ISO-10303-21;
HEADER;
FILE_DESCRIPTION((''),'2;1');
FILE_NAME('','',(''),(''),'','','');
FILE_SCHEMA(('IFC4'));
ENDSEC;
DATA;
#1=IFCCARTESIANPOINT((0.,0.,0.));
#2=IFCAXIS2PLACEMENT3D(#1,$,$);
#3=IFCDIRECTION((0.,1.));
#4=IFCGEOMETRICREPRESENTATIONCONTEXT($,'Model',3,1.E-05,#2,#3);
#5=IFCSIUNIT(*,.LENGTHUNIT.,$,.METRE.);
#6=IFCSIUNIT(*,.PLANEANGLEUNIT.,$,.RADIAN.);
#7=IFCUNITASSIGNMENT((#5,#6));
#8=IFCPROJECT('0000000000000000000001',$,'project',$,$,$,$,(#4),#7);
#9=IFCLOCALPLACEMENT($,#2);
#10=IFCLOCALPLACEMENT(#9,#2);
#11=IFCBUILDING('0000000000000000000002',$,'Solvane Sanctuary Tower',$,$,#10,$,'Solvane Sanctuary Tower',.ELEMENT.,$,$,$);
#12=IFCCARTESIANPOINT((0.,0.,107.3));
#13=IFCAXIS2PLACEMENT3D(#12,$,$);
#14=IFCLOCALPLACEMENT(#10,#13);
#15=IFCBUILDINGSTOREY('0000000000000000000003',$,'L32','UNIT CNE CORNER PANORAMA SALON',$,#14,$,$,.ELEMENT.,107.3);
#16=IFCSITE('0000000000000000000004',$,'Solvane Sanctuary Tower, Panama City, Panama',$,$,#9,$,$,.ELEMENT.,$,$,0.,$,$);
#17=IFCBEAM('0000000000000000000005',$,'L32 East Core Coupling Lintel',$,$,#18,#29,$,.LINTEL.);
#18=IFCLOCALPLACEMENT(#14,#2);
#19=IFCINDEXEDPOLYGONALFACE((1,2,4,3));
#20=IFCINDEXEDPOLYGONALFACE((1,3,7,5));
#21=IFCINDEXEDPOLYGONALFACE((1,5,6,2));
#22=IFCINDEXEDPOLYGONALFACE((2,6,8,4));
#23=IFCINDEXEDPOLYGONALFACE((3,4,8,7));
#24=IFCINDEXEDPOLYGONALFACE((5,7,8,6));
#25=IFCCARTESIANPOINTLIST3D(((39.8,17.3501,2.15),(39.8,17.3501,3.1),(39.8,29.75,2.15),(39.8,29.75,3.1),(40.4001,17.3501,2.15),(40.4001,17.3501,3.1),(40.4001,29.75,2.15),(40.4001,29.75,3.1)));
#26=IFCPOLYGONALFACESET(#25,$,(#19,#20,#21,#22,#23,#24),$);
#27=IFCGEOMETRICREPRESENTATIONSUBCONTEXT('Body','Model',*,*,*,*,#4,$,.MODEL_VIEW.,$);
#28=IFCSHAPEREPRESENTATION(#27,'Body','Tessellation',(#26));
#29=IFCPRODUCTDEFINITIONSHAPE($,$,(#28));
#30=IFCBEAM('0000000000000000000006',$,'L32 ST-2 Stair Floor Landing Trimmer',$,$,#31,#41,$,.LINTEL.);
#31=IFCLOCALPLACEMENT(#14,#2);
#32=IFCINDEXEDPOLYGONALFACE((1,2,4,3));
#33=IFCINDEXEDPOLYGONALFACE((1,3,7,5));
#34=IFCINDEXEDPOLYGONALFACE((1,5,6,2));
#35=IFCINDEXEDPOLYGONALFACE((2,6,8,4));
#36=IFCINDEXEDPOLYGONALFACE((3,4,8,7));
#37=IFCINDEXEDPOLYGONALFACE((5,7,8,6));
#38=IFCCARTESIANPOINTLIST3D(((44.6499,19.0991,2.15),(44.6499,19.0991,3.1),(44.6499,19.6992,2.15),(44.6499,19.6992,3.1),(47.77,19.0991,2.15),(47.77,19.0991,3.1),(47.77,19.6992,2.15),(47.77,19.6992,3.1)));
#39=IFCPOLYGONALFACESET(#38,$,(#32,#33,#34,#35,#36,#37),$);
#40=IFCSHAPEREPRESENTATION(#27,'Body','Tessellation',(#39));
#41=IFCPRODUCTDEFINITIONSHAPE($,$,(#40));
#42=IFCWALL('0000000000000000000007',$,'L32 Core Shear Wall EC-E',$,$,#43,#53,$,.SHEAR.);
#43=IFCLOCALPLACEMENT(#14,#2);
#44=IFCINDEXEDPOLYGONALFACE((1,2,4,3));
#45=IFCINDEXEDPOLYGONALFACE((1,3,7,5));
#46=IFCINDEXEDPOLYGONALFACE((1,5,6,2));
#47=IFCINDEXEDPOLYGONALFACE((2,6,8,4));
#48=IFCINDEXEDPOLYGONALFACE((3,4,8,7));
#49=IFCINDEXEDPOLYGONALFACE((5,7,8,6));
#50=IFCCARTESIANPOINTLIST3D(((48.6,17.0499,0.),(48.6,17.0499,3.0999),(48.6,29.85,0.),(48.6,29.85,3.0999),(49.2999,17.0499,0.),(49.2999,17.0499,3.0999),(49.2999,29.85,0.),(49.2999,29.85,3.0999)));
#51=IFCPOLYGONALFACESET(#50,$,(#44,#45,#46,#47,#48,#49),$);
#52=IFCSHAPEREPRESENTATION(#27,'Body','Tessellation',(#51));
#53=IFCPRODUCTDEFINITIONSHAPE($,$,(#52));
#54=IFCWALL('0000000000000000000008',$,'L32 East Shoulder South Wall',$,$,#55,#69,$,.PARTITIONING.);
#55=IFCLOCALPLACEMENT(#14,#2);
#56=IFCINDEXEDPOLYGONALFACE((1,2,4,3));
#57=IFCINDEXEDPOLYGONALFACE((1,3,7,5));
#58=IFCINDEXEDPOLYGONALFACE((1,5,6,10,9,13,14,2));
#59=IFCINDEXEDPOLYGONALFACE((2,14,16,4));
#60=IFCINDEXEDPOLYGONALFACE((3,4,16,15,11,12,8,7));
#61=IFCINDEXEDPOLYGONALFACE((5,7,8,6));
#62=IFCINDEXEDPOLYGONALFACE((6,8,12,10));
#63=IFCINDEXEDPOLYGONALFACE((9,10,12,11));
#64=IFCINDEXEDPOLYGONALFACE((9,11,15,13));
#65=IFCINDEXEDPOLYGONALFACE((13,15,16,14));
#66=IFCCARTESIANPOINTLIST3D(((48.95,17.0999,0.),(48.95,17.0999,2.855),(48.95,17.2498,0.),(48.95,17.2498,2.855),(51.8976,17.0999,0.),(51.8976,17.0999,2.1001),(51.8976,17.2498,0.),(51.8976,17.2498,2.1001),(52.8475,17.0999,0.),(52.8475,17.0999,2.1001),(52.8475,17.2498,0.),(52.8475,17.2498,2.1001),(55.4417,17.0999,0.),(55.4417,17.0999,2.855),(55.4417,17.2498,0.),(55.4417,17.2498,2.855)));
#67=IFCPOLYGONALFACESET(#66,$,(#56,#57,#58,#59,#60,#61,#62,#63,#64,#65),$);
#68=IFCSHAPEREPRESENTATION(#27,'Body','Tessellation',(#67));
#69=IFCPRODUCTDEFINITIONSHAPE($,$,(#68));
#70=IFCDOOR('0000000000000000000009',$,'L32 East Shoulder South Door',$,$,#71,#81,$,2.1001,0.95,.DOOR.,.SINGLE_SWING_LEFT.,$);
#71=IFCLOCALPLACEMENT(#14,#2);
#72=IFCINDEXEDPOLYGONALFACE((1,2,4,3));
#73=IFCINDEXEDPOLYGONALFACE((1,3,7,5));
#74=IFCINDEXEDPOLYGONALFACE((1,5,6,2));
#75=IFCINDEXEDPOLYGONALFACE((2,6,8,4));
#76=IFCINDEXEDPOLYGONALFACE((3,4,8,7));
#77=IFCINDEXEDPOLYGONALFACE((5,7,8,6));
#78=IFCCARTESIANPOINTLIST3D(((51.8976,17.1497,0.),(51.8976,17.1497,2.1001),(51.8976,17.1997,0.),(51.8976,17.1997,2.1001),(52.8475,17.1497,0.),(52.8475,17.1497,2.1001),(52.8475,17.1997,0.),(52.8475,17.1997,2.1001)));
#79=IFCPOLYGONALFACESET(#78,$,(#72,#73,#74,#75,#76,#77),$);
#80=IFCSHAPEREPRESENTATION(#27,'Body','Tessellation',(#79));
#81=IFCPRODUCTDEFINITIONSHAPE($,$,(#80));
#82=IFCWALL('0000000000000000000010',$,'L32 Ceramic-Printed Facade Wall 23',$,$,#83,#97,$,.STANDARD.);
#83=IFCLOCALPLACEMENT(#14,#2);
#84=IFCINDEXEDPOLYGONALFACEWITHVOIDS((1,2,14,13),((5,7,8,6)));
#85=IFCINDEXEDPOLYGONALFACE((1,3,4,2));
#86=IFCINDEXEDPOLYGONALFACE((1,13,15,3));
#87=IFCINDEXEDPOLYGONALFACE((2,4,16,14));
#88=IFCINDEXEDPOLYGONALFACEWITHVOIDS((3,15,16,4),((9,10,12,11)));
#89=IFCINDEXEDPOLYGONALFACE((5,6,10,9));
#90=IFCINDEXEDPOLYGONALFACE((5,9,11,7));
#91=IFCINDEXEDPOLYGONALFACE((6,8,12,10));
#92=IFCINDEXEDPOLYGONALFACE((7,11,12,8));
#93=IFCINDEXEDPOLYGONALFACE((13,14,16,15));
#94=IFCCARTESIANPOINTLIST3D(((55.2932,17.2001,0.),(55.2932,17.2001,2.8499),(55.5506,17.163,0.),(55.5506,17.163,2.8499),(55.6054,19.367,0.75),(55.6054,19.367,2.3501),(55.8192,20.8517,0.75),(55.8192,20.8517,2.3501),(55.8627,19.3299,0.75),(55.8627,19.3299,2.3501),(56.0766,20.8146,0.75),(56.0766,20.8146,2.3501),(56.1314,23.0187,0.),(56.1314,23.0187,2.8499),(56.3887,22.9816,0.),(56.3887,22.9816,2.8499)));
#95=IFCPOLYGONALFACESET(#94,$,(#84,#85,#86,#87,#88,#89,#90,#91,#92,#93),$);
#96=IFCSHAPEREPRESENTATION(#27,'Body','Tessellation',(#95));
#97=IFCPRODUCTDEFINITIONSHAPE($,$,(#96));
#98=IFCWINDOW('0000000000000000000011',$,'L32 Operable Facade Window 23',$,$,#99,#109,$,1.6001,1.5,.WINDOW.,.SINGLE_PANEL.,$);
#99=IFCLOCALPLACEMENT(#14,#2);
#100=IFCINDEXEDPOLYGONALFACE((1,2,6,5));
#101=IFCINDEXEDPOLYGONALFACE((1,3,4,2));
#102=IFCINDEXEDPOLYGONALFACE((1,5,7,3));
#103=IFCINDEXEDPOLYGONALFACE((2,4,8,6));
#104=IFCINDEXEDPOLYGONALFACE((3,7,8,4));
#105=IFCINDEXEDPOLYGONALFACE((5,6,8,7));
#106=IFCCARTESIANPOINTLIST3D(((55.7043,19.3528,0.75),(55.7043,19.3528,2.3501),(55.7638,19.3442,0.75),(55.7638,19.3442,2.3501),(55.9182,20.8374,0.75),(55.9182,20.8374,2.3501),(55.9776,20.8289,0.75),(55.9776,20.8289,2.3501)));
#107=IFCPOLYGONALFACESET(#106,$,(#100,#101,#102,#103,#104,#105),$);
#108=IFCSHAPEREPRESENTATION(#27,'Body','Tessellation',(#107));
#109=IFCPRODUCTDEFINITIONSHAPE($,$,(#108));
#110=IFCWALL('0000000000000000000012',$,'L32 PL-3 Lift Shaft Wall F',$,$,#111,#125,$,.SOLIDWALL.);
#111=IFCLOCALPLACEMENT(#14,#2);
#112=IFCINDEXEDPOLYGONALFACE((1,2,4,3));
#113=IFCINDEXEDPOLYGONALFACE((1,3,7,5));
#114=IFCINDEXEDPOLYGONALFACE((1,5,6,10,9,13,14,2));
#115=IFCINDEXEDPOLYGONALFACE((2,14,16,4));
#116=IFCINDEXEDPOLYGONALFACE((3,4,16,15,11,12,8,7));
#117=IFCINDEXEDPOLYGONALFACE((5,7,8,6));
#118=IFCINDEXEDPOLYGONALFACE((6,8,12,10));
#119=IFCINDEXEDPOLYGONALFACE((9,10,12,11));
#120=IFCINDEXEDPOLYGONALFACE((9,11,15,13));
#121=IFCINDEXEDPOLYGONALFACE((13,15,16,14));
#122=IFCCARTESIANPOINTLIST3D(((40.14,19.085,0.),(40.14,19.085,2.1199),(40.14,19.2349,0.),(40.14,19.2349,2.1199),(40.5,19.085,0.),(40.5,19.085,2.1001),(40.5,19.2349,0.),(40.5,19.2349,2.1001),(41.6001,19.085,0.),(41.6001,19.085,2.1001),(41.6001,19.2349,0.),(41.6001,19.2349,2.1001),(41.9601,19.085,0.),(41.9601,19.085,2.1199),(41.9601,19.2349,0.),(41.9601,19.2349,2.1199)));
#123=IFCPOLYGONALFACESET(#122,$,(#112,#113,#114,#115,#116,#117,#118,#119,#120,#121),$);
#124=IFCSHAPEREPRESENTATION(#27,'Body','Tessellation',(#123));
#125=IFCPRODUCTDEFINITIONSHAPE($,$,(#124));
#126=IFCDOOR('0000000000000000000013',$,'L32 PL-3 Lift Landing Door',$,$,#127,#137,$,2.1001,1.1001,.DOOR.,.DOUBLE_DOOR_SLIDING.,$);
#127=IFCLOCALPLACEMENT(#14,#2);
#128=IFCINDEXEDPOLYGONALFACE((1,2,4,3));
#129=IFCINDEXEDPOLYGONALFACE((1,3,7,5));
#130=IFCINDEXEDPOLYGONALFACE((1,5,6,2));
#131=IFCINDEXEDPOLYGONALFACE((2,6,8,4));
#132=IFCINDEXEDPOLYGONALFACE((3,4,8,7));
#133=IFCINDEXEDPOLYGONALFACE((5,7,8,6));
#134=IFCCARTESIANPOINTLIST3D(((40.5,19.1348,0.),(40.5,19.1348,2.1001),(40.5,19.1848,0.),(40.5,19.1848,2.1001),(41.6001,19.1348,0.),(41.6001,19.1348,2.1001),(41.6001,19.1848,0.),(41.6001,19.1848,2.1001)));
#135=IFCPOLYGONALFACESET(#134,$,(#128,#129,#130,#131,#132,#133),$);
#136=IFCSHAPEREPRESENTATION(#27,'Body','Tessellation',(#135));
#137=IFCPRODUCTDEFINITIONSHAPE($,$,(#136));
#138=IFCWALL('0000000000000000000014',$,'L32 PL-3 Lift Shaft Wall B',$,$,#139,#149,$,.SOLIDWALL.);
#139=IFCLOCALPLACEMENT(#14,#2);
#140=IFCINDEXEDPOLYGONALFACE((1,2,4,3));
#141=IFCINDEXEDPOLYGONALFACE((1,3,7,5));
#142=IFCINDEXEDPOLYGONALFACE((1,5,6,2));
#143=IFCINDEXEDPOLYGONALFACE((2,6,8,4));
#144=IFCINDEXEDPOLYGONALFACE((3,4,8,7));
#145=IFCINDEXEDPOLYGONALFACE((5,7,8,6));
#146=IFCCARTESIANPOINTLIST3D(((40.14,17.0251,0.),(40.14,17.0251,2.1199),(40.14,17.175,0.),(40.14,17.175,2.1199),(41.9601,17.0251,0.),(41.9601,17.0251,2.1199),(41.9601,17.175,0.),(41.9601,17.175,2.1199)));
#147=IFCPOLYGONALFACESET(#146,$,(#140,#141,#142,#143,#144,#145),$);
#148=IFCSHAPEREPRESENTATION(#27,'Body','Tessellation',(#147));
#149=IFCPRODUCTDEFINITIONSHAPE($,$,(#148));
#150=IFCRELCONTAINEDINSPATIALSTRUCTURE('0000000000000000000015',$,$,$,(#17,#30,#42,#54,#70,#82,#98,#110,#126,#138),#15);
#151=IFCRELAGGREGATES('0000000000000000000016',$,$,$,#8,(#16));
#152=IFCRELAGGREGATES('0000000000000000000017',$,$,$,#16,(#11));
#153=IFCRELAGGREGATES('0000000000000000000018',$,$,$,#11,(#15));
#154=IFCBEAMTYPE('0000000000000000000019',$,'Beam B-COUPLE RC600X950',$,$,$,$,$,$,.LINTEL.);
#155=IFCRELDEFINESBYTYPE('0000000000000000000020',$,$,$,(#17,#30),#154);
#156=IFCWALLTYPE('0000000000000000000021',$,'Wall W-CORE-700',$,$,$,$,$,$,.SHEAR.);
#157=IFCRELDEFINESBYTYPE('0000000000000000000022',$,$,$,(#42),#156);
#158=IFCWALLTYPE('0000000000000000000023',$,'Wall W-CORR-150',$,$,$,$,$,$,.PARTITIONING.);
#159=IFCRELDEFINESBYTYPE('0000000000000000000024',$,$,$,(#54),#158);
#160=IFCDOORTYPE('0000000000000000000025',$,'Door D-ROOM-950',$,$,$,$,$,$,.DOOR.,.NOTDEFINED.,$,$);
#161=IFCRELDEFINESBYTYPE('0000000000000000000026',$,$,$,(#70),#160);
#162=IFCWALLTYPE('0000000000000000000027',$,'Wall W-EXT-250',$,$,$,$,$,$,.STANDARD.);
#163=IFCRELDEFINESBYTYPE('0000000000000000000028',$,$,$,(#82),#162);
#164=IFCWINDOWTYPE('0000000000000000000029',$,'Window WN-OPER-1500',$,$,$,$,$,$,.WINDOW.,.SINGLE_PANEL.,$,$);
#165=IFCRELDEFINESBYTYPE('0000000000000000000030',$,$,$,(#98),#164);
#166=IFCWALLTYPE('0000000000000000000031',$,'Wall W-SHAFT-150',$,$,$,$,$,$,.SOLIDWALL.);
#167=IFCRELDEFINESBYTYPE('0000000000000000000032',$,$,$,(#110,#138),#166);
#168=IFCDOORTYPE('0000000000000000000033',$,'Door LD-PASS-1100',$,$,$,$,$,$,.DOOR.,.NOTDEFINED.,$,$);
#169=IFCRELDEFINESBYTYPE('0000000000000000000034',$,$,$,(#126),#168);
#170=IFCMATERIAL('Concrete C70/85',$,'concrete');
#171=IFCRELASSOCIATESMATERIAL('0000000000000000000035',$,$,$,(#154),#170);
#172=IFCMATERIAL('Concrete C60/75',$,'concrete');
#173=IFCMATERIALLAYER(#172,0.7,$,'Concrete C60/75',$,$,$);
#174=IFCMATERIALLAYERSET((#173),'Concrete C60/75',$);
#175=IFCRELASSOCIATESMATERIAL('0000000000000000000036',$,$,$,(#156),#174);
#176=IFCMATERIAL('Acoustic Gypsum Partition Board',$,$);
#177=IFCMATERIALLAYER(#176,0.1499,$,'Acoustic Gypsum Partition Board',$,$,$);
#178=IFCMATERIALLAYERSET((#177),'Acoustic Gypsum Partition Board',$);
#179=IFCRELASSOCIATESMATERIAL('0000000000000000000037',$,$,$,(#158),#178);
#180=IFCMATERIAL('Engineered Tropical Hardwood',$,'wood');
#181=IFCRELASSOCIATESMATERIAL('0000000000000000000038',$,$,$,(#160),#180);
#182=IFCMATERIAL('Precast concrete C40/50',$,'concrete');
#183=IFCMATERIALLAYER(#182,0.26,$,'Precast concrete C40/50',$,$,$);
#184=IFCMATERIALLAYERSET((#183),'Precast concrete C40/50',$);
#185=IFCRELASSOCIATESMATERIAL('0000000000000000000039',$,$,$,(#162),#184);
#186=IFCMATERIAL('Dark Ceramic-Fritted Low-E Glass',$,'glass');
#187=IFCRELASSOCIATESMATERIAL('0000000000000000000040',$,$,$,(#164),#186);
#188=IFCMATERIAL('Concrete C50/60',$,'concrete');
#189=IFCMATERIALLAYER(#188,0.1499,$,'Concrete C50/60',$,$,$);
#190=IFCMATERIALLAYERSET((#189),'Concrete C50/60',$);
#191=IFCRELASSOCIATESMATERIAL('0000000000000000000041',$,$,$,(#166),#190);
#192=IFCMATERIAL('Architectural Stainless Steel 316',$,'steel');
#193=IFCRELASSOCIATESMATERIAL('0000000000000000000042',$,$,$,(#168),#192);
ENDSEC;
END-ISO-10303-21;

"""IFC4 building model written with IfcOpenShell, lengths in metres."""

from ifc_helpers import new_model, si_unit, direction, frame, frame_2d, origin, origin_2d, place, context, subcontext, project, spatial, rectangle, extrude, material, layer, layer_set, material_profile, profile_set, type_object, element, fill, save


model = new_model("IFC4")

# Units and contexts
model_context = context("Model", 3, precision=1e-05, world=origin(), true_north=direction((0.0, 1.0)))
body_context = subcontext(model_context, "Body", "Model", "MODEL_VIEW")
ifc_project = project(units=[si_unit("LENGTHUNIT", "METRE"), si_unit("PLANEANGLEUNIT", "RADIAN")], contexts=[model_context])

# Site, building, storey
site_placement = place(None, origin())
site = spatial("IfcSite", under=ifc_project, at=site_placement, Name="Solvane Sanctuary Tower, Panama City, Panama", CompositionType="ELEMENT", RefElevation=0.0)
building_placement = place(site_placement, origin())
building = spatial("IfcBuilding", under=site, at=building_placement, Name="Solvane Sanctuary Tower", LongName="Solvane Sanctuary Tower", CompositionType="ELEMENT")
storey_placement = place(building_placement, frame((0.0, 0.0, 107.3)))
storey = spatial("IfcBuildingStorey", under=building, at=storey_placement, Name="L32", Description="UNIT CNE CORNER PANORAMA SALON", CompositionType="ELEMENT", Elevation=107.3)

# Beams
ifc_material_1 = material(Name="Concrete C70/85", Category="concrete")
ifc_material_profile = material_profile(ifc_material_1, rectangle(XDim=0.6001, YDim=0.95, at=origin_2d()), Name="RC600X950")
ifc_profile_set = profile_set([ifc_material_profile], Name="Concrete C70/85")
beam_type = type_object("IfcBeamType", Name="Beam B-COUPLE RC600X950", PredefinedType="LINTEL", material=ifc_profile_set)
beam_1_placement = place(storey_placement, frame((40.1001, 17.3501, 2.625), z_axis=(0.0, 1.0, 0.0), x_axis=(-1.0, 0.0, 0.0)))
element("IfcBeam", 1, at=beam_1_placement, inside=storey, type_object=beam_type, Name="L32 East Core Coupling Lintel", PredefinedType="LINTEL", context=body_context, shape_type="SweptSolid", body=[
    extrude(rectangle(XDim=0.6001, YDim=0.95, at=origin_2d()), origin(), (0.0, 0.0, 1.0), 12.3999),
])
beam_2_placement = place(storey_placement, frame((44.6499, 19.3992, 2.625), z_axis=(1.0, 0.0, 0.0), x_axis=(0.0, 1.0, 0.0)))
element("IfcBeam", 2, at=beam_2_placement, inside=storey, type_object=beam_type, Name="L32 ST-2 Stair Floor Landing Trimmer", PredefinedType="LINTEL", context=body_context, shape_type="SweptSolid", body=[
    extrude(rectangle(XDim=0.6001, YDim=0.95, at=origin_2d()), origin(), (0.0, 0.0, 1.0), 3.1201),
])

# Wall
ifc_material_2 = material(Name="Concrete C60/75", Category="concrete")
ifc_layer_1 = layer(ifc_material_2, 0.7, Name="Concrete C60/75")
ifc_layer_set_1 = layer_set([ifc_layer_1], Name="Concrete C60/75")
wall_type_1 = type_object("IfcWallType", Name="Wall W-CORE-700", PredefinedType="SHEAR", material=ifc_layer_set_1)
wall_1_placement = place(storey_placement, frame((48.95, 17.05, 0.0), z_axis=(0.0, 0.0, 1.0), x_axis=(0.0, 1.0, 0.0)))
element("IfcWall", 3, at=wall_1_placement, inside=storey, type_object=wall_type_1, Name="L32 Core Shear Wall EC-E", PredefinedType="SHEAR", context=body_context, shape_type="SweptSolid", body=[
    extrude(rectangle(XDim=12.8, YDim=0.7, at=frame_2d((6.3999, 0.0))), origin(), (0.0, 0.0, 1.0), 3.0999),
])

# Wall, opening, door
ifc_material_3 = material(Name="Acoustic Gypsum Partition Board")
ifc_layer_2 = layer(ifc_material_3, 0.1499, Name="Acoustic Gypsum Partition Board")
ifc_layer_set_2 = layer_set([ifc_layer_2], Name="Acoustic Gypsum Partition Board")
wall_type_2 = type_object("IfcWallType", Name="Wall W-CORR-150", PredefinedType="PARTITIONING", material=ifc_layer_set_2)
wall_2_placement = place(storey_placement, frame((48.95, 17.1748, 0.0), z_axis=(0.0, 0.0, 1.0), x_axis=(1.0, 0.0, 0.0)))
wall_2 = element("IfcWall", 4, at=wall_2_placement, inside=storey, type_object=wall_type_2, Name="L32 East Shoulder South Wall", PredefinedType="PARTITIONING", context=body_context, shape_type="SweptSolid", body=[
    extrude(rectangle(XDim=6.4917, YDim=0.1499, at=frame_2d((3.2458, 0.0))), origin(), (0.0, 0.0, 1.0), 2.855),
])
opening_1_placement = place(wall_2_placement, frame((2.9475, 0.0, 0.0)))
opening_1 = element("IfcOpeningElement", 5, at=opening_1_placement, cuts=wall_2, PredefinedType="OPENING", context=body_context, shape_type="SweptSolid", body=[
    extrude(rectangle(XDim=0.95, YDim=2.1001, at=frame_2d((0.4751, 1.05))), frame((0.0, 0.085, 0.0), z_axis=(0.0, -1.0, 0.0), x_axis=(1.0, 0.0, 0.0)), (0.0, 0.0, 1.0), 0.1699),
])
ifc_material_4 = material(Name="Engineered Tropical Hardwood", Category="wood")
door_type_1 = type_object("IfcDoorType", Name="Door D-ROOM-950", OperationType="NOTDEFINED", PredefinedType="DOOR", material=ifc_material_4)
door_1_placement = place(opening_1_placement, origin())
door_1 = element("IfcDoor", 6, at=door_1_placement, inside=storey, type_object=door_type_1, Name="L32 East Shoulder South Door", OperationType="SINGLE_SWING_LEFT", OverallHeight=2.1001, OverallWidth=0.95, PredefinedType="DOOR", context=body_context, shape_type="SweptSolid", body=[
    extrude(rectangle(XDim=0.95, YDim=2.1001, at=frame_2d((0.4751, 1.05))), frame((0.0, 0.0249, 0.0), z_axis=(0.0, -1.0, 0.0), x_axis=(1.0, 0.0, 0.0)), (0.0, 0.0, 1.0), 0.05),
])
fill(opening_1, door_1)

# Wall, opening, window
ifc_material_5 = material(Name="Precast concrete C40/50", Category="concrete")
ifc_layer_3 = layer(ifc_material_5, 0.26, Name="Precast concrete C40/50")
ifc_layer_set_3 = layer_set([ifc_layer_3], Name="Precast concrete C40/50")
wall_type_3 = type_object("IfcWallType", Name="Wall W-EXT-250", PredefinedType="STANDARD", material=ifc_layer_set_3)
wall_3_placement = place(storey_placement, frame((55.4219, 17.1814, 0.0), z_axis=(0.0, 0.0, 1.0), x_axis=(0.142572, 0.989784, 0.0)))
wall_3 = element("IfcWall", 7, at=wall_3_placement, inside=storey, type_object=wall_type_3, Name="L32 Ceramic-Printed Facade Wall 23", PredefinedType="STANDARD", context=body_context, shape_type="SweptSolid", body=[
    extrude(rectangle(XDim=5.8787, YDim=0.26, at=frame_2d((2.9395, 0.0))), origin(), (0.0, 0.0, 1.0), 2.8499),
])
opening_2_placement = place(wall_3_placement, frame((2.1895, 0.0, 0.75)))
opening_2 = element("IfcOpeningElement", 8, at=opening_2_placement, cuts=wall_3, PredefinedType="OPENING", context=body_context, shape_type="SweptSolid", body=[
    extrude(rectangle(XDim=1.5, YDim=1.6001, at=frame_2d((0.75, 0.8))), frame((0.0, 0.1399, 0.0), z_axis=(0.0, -1.0, 0.0), x_axis=(1.0, 0.0, 0.0)), (0.0, 0.0, 1.0), 0.28),
])
ifc_material_6 = material(Name="Dark Ceramic-Fritted Low-E Glass", Category="glass")
window_type = type_object("IfcWindowType", Name="Window WN-OPER-1500", PartitioningType="SINGLE_PANEL", PredefinedType="WINDOW", material=ifc_material_6)
window_placement = place(opening_2_placement, origin())
window = element("IfcWindow", 9, at=window_placement, inside=storey, type_object=window_type, Name="L32 Operable Facade Window 23", OverallHeight=1.6001, OverallWidth=1.5, PartitioningType="SINGLE_PANEL", PredefinedType="WINDOW", context=body_context, shape_type="SweptSolid", body=[
    extrude(rectangle(XDim=1.5, YDim=1.6001, at=frame_2d((0.75, 0.8))), frame((0.0, 0.03, 0.0), z_axis=(0.0, -1.0, 0.0), x_axis=(1.0, 0.0, 0.0)), (0.0, 0.0, 1.0), 0.0601),
])
fill(opening_2, window)

# Wall, opening, door
ifc_material_7 = material(Name="Concrete C50/60", Category="concrete")
ifc_layer_4 = layer(ifc_material_7, 0.1499, Name="Concrete C50/60")
ifc_layer_set_4 = layer_set([ifc_layer_4], Name="Concrete C50/60")
wall_type_4 = type_object("IfcWallType", Name="Wall W-SHAFT-150", PredefinedType="SOLIDWALL", material=ifc_layer_set_4)
wall_4_placement = place(storey_placement, frame((40.1399, 19.1599, 0.0), z_axis=(0.0, 0.0, 1.0), x_axis=(1.0, 0.0, 0.0)))
wall_4 = element("IfcWall", 10, at=wall_4_placement, inside=storey, type_object=wall_type_4, Name="L32 PL-3 Lift Shaft Wall F", PredefinedType="SOLIDWALL", context=body_context, shape_type="SweptSolid", body=[
    extrude(rectangle(XDim=1.8201, YDim=0.1499, at=frame_2d((0.9102, 0.0))), origin(), (0.0, 0.0, 1.0), 2.1199),
])
opening_3_placement = place(wall_4_placement, frame((0.3601, 0.0, 0.0)))
opening_3 = element("IfcOpeningElement", 11, at=opening_3_placement, cuts=wall_4, PredefinedType="OPENING", context=body_context, shape_type="SweptSolid", body=[
    extrude(rectangle(XDim=1.1001, YDim=2.1001, at=frame_2d((0.55, 1.05))), frame((0.0, 0.085, 0.0), z_axis=(0.0, -1.0, 0.0), x_axis=(1.0, 0.0, 0.0)), (0.0, 0.0, 1.0), 0.1699),
])
ifc_material_8 = material(Name="Architectural Stainless Steel 316", Category="steel")
door_type_2 = type_object("IfcDoorType", Name="Door LD-PASS-1100", OperationType="NOTDEFINED", PredefinedType="DOOR", material=ifc_material_8)
door_2_placement = place(opening_3_placement, origin())
door_2 = element("IfcDoor", 12, at=door_2_placement, inside=storey, type_object=door_type_2, Name="L32 PL-3 Lift Landing Door", OperationType="DOUBLE_DOOR_SLIDING", OverallHeight=2.1001, OverallWidth=1.1001, PredefinedType="DOOR", context=body_context, shape_type="SweptSolid", body=[
    extrude(rectangle(XDim=1.1001, YDim=2.1001, at=frame_2d((0.55, 1.05))), frame((0.0, 0.0249, 0.0), z_axis=(0.0, -1.0, 0.0), x_axis=(1.0, 0.0, 0.0)), (0.0, 0.0, 1.0), 0.05),
])
fill(opening_3, door_2)

# Wall
wall_5_placement = place(storey_placement, frame((40.1399, 17.1001, 0.0), z_axis=(0.0, 0.0, 1.0), x_axis=(1.0, 0.0, 0.0)))
element("IfcWall", 13, at=wall_5_placement, inside=storey, type_object=wall_type_4, Name="L32 PL-3 Lift Shaft Wall B", PredefinedType="SOLIDWALL", context=body_context, shape_type="SweptSolid", body=[
    extrude(rectangle(XDim=1.8201, YDim=0.1499, at=frame_2d((0.9102, 0.0))), origin(), (0.0, 0.0, 1.0), 2.1199),
])

save(model, "model.ifc")
